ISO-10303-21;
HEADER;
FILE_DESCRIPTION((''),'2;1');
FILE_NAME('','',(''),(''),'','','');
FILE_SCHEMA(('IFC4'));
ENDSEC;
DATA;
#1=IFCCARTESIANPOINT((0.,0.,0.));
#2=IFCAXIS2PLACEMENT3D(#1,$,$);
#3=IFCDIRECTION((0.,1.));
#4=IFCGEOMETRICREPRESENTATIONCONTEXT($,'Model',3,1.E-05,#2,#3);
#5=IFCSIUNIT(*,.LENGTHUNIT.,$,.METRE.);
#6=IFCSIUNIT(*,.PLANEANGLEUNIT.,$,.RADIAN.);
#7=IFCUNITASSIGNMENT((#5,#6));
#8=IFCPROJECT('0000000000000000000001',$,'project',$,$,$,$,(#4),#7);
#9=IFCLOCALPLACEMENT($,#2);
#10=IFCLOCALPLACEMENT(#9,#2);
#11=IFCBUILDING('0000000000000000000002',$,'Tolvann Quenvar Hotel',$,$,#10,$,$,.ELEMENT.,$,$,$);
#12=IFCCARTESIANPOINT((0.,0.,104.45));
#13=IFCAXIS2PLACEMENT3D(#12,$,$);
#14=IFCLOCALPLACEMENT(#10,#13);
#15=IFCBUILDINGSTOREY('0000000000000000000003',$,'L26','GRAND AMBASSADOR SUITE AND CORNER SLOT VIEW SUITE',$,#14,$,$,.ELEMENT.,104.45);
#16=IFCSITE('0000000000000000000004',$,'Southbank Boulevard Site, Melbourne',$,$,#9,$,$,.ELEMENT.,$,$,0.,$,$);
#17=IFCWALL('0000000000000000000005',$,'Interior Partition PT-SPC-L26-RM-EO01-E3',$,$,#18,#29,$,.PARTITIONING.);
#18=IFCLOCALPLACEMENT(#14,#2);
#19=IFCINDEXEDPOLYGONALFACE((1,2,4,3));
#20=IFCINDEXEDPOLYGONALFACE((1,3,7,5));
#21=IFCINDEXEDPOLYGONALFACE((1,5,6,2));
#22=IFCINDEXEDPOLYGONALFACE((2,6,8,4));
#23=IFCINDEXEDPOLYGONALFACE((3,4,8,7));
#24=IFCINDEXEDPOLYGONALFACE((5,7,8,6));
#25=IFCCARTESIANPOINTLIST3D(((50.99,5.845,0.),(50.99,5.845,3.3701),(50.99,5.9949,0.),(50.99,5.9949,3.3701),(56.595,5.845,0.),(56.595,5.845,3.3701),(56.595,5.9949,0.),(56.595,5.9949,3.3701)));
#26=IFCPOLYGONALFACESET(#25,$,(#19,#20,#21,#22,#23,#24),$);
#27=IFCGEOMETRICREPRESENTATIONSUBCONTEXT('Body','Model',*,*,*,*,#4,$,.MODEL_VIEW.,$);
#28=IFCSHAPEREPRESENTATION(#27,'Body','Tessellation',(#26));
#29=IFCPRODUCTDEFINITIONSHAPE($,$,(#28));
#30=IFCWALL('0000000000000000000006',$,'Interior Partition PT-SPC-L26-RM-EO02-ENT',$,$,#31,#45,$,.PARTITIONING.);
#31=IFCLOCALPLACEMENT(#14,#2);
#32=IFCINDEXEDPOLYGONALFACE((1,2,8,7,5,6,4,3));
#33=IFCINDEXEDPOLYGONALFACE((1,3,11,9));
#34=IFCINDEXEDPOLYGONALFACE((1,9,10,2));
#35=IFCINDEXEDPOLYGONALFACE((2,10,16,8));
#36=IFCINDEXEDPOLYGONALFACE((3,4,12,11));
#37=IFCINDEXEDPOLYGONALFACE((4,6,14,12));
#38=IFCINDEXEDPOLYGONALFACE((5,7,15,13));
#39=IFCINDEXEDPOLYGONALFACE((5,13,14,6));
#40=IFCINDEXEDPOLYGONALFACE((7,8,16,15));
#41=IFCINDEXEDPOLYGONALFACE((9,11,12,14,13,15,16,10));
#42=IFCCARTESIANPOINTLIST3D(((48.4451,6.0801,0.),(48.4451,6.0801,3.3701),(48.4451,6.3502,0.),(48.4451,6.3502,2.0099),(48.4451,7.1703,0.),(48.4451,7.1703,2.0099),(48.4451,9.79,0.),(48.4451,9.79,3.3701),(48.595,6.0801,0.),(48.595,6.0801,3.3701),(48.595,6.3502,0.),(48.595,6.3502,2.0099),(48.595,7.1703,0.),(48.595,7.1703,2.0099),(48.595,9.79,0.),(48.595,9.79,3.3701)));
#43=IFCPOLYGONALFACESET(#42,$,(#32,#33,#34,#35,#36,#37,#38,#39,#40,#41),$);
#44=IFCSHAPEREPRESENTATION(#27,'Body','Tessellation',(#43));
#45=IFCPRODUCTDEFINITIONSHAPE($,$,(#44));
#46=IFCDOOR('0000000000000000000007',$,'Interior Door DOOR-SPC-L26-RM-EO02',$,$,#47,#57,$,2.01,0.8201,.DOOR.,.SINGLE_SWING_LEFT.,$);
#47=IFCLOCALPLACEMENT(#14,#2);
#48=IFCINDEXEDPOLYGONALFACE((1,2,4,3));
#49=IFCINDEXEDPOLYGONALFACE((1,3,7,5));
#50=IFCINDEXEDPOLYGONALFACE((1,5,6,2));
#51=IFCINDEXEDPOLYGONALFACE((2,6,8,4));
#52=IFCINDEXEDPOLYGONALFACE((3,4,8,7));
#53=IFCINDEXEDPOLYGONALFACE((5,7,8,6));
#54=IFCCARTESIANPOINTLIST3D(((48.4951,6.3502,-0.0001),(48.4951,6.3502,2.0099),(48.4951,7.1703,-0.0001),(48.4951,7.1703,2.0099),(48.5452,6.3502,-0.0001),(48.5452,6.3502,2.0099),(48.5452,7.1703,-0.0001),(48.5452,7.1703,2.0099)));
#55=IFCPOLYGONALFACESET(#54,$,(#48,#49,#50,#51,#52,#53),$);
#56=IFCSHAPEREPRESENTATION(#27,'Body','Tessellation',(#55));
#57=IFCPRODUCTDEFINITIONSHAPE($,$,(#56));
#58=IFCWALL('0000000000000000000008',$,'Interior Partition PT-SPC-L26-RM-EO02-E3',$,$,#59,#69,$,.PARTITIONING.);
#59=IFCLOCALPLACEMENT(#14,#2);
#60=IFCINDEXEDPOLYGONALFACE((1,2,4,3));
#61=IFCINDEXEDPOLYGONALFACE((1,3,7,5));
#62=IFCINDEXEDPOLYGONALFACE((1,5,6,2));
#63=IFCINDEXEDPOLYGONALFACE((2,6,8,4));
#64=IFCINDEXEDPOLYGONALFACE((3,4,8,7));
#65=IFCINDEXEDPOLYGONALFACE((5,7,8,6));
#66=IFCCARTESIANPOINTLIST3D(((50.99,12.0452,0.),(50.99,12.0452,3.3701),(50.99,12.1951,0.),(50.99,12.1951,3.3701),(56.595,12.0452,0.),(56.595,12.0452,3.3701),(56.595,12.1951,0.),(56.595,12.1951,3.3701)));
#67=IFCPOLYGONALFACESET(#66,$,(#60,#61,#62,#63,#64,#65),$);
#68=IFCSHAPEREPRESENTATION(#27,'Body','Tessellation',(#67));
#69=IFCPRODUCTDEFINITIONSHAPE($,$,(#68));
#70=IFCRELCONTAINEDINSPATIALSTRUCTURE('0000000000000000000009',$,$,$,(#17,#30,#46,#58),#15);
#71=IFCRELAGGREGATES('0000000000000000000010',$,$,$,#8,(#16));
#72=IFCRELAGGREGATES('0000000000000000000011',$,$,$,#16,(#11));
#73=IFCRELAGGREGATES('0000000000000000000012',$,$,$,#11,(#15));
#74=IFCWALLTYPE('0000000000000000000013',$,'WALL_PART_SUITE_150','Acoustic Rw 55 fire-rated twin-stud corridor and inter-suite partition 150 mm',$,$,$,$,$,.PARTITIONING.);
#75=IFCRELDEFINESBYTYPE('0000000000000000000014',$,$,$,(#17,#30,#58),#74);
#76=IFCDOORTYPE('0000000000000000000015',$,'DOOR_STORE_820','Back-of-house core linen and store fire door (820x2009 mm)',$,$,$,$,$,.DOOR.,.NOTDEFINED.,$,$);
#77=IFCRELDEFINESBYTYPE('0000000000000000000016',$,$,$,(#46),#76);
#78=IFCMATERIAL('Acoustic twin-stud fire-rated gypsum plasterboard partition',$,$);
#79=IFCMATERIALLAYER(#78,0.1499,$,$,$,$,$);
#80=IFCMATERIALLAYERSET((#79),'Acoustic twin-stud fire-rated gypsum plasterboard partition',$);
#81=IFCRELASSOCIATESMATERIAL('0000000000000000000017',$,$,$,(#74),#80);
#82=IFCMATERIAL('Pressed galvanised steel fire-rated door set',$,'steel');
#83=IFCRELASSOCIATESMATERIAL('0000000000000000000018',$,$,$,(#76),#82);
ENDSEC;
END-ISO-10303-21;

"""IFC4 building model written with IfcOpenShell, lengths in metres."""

from ifc_helpers import new_model, si_unit, direction, frame, frame_2d, origin, place, context, subcontext, project, spatial, rectangle, extrude, source, transform, mapped, material, layer, layer_set, type_object, type_shapes, element, fill, save


model = new_model("IFC4")

# Units and contexts
model_context = context("Model", 3, precision=1e-05, world=origin(), true_north=direction((0.0, 1.0)))
body_context = subcontext(model_context, "Body", "Model", "MODEL_VIEW")
ifc_project = project(units=[si_unit("LENGTHUNIT", "METRE"), si_unit("PLANEANGLEUNIT", "RADIAN")], contexts=[model_context])

# Site, building, storey
site_placement = place(None, origin())
site = spatial("IfcSite", under=ifc_project, at=site_placement, Name="Southbank Boulevard Site, Melbourne", CompositionType="ELEMENT", RefElevation=0.0)
building_placement = place(site_placement, origin())
building = spatial("IfcBuilding", under=site, at=building_placement, Name="Tolvann Quenvar Hotel", CompositionType="ELEMENT")
storey_placement = place(building_placement, frame((0.0, 0.0, 104.45)))
storey = spatial("IfcBuildingStorey", under=building, at=storey_placement, Name="L26", Description="GRAND AMBASSADOR SUITE AND CORNER SLOT VIEW SUITE", CompositionType="ELEMENT", Elevation=104.45)

# Shared definitions
ifc_material_1 = material(Name="Acoustic twin-stud fire-rated gypsum plasterboard partition")
ifc_layer_1 = layer(ifc_material_1, 0.1499)
ifc_layer_set_1 = layer_set([ifc_layer_1], Name="Acoustic twin-stud fire-rated gypsum plasterboard partition")
wall_type_1 = type_object("IfcWallType", Name="WALL_PART_SUITE_150", Description="Acoustic Rw 55 fire-rated twin-stud corridor and inter-suite partition 150 mm", PredefinedType="PARTITIONING", material=ifc_layer_set_1)

# Wall
wall_1_placement = place(storey_placement, frame((50.99, 5.9199, 0.0), z_axis=(0.0, 0.0, 1.0), x_axis=(1.0, 0.0, 0.0)))
element("IfcWall", 1, at=wall_1_placement, inside=storey, type_object=wall_type_1, Name="Interior Partition PT-SPC-L26-RM-EO01-E3", PredefinedType="PARTITIONING", context=body_context, shape_type="SweptSolid", body=[
    extrude(rectangle(XDim=5.605, YDim=0.1499, at=frame_2d((2.8025, 0.0))), origin(), (0.0, 0.0, 1.0), 3.3701),
])

# Wall, opening, door
wall_2_placement = place(storey_placement, frame((48.52, 6.0801, 0.0), z_axis=(0.0, 0.0, 1.0), x_axis=(0.0, 1.0, 0.0)))
wall_2 = element("IfcWall", 2, at=wall_2_placement, inside=storey, type_object=wall_type_1, Name="Interior Partition PT-SPC-L26-RM-EO02-ENT", PredefinedType="PARTITIONING", context=body_context, shape_type="SweptSolid", body=[
    extrude(rectangle(XDim=3.71, YDim=0.1499, at=frame_2d((1.855, 0.0))), origin(), (0.0, 0.0, 1.0), 3.3701),
])
opening_1_placement = place(wall_2_placement, frame((0.27, 0.0, 0.0)))
opening_1 = element("IfcOpeningElement", 3, at=opening_1_placement, cuts=wall_2, PredefinedType="OPENING", context=body_context, shape_type="SweptSolid", body=[
    extrude(rectangle(XDim=0.8201, YDim=2.01, at=frame_2d((0.4102, 1.0049))), frame((0.0, 0.085, 0.0), z_axis=(0.0, -1.0, 0.0), x_axis=(1.0, 0.0, 0.0)), (0.0, 0.0, 1.0), 0.1699),
])
ifc_material_2 = material(Name="Pressed galvanised steel fire-rated door set", Category="steel")
door_type_1 = type_object("IfcDoorType", Name="DOOR_STORE_820", Description="Back-of-house core linen and store fire door (820x2009 mm)", OperationType="NOTDEFINED", PredefinedType="DOOR", material=ifc_material_2)
shared_shape_1 = source(origin(), body_context, "Body", "SweptSolid", [
    extrude(rectangle(XDim=0.8201, YDim=2.01, at=frame_2d((0.4102, 1.0049))), frame((0.0, 0.0249, 0.0), z_axis=(0.0, -1.0, 0.0), x_axis=(1.0, 0.0, 0.0)), (0.0, 0.0, 1.0), 0.05),
])
type_shapes(door_type_1, [shared_shape_1])
door_1_placement = place(opening_1_placement, origin())
door_1 = element("IfcDoor", 4, at=door_1_placement, inside=storey, type_object=door_type_1, Name="Interior Door DOOR-SPC-L26-RM-EO02", OperationType="SINGLE_SWING_LEFT", OverallHeight=2.01, OverallWidth=0.8201, PredefinedType="DOOR", context=body_context, shape_type="MappedRepresentation", body=[
    mapped(shared_shape_1, transform((0.0, 0.0, 0.0), x_axis=(1.0, 0.0, 0.0), y_axis=(0.0, 1.0, 0.0), z_axis=(0.0, 0.0, 1.0), scale=1.0)),
])
fill(opening_1, door_1)

# Wall
wall_3_placement = place(storey_placement, frame((50.99, 12.1201, 0.0), z_axis=(0.0, 0.0, 1.0), x_axis=(1.0, 0.0, 0.0)))
element("IfcWall", 5, at=wall_3_placement, inside=storey, type_object=wall_type_1, Name="Interior Partition PT-SPC-L26-RM-EO02-E3", PredefinedType="PARTITIONING", context=body_context, shape_type="SweptSolid", body=[
    extrude(rectangle(XDim=5.605, YDim=0.1499, at=frame_2d((2.8025, 0.0))), origin(), (0.0, 0.0, 1.0), 3.3701),
])

save(model, "model.ifc")
